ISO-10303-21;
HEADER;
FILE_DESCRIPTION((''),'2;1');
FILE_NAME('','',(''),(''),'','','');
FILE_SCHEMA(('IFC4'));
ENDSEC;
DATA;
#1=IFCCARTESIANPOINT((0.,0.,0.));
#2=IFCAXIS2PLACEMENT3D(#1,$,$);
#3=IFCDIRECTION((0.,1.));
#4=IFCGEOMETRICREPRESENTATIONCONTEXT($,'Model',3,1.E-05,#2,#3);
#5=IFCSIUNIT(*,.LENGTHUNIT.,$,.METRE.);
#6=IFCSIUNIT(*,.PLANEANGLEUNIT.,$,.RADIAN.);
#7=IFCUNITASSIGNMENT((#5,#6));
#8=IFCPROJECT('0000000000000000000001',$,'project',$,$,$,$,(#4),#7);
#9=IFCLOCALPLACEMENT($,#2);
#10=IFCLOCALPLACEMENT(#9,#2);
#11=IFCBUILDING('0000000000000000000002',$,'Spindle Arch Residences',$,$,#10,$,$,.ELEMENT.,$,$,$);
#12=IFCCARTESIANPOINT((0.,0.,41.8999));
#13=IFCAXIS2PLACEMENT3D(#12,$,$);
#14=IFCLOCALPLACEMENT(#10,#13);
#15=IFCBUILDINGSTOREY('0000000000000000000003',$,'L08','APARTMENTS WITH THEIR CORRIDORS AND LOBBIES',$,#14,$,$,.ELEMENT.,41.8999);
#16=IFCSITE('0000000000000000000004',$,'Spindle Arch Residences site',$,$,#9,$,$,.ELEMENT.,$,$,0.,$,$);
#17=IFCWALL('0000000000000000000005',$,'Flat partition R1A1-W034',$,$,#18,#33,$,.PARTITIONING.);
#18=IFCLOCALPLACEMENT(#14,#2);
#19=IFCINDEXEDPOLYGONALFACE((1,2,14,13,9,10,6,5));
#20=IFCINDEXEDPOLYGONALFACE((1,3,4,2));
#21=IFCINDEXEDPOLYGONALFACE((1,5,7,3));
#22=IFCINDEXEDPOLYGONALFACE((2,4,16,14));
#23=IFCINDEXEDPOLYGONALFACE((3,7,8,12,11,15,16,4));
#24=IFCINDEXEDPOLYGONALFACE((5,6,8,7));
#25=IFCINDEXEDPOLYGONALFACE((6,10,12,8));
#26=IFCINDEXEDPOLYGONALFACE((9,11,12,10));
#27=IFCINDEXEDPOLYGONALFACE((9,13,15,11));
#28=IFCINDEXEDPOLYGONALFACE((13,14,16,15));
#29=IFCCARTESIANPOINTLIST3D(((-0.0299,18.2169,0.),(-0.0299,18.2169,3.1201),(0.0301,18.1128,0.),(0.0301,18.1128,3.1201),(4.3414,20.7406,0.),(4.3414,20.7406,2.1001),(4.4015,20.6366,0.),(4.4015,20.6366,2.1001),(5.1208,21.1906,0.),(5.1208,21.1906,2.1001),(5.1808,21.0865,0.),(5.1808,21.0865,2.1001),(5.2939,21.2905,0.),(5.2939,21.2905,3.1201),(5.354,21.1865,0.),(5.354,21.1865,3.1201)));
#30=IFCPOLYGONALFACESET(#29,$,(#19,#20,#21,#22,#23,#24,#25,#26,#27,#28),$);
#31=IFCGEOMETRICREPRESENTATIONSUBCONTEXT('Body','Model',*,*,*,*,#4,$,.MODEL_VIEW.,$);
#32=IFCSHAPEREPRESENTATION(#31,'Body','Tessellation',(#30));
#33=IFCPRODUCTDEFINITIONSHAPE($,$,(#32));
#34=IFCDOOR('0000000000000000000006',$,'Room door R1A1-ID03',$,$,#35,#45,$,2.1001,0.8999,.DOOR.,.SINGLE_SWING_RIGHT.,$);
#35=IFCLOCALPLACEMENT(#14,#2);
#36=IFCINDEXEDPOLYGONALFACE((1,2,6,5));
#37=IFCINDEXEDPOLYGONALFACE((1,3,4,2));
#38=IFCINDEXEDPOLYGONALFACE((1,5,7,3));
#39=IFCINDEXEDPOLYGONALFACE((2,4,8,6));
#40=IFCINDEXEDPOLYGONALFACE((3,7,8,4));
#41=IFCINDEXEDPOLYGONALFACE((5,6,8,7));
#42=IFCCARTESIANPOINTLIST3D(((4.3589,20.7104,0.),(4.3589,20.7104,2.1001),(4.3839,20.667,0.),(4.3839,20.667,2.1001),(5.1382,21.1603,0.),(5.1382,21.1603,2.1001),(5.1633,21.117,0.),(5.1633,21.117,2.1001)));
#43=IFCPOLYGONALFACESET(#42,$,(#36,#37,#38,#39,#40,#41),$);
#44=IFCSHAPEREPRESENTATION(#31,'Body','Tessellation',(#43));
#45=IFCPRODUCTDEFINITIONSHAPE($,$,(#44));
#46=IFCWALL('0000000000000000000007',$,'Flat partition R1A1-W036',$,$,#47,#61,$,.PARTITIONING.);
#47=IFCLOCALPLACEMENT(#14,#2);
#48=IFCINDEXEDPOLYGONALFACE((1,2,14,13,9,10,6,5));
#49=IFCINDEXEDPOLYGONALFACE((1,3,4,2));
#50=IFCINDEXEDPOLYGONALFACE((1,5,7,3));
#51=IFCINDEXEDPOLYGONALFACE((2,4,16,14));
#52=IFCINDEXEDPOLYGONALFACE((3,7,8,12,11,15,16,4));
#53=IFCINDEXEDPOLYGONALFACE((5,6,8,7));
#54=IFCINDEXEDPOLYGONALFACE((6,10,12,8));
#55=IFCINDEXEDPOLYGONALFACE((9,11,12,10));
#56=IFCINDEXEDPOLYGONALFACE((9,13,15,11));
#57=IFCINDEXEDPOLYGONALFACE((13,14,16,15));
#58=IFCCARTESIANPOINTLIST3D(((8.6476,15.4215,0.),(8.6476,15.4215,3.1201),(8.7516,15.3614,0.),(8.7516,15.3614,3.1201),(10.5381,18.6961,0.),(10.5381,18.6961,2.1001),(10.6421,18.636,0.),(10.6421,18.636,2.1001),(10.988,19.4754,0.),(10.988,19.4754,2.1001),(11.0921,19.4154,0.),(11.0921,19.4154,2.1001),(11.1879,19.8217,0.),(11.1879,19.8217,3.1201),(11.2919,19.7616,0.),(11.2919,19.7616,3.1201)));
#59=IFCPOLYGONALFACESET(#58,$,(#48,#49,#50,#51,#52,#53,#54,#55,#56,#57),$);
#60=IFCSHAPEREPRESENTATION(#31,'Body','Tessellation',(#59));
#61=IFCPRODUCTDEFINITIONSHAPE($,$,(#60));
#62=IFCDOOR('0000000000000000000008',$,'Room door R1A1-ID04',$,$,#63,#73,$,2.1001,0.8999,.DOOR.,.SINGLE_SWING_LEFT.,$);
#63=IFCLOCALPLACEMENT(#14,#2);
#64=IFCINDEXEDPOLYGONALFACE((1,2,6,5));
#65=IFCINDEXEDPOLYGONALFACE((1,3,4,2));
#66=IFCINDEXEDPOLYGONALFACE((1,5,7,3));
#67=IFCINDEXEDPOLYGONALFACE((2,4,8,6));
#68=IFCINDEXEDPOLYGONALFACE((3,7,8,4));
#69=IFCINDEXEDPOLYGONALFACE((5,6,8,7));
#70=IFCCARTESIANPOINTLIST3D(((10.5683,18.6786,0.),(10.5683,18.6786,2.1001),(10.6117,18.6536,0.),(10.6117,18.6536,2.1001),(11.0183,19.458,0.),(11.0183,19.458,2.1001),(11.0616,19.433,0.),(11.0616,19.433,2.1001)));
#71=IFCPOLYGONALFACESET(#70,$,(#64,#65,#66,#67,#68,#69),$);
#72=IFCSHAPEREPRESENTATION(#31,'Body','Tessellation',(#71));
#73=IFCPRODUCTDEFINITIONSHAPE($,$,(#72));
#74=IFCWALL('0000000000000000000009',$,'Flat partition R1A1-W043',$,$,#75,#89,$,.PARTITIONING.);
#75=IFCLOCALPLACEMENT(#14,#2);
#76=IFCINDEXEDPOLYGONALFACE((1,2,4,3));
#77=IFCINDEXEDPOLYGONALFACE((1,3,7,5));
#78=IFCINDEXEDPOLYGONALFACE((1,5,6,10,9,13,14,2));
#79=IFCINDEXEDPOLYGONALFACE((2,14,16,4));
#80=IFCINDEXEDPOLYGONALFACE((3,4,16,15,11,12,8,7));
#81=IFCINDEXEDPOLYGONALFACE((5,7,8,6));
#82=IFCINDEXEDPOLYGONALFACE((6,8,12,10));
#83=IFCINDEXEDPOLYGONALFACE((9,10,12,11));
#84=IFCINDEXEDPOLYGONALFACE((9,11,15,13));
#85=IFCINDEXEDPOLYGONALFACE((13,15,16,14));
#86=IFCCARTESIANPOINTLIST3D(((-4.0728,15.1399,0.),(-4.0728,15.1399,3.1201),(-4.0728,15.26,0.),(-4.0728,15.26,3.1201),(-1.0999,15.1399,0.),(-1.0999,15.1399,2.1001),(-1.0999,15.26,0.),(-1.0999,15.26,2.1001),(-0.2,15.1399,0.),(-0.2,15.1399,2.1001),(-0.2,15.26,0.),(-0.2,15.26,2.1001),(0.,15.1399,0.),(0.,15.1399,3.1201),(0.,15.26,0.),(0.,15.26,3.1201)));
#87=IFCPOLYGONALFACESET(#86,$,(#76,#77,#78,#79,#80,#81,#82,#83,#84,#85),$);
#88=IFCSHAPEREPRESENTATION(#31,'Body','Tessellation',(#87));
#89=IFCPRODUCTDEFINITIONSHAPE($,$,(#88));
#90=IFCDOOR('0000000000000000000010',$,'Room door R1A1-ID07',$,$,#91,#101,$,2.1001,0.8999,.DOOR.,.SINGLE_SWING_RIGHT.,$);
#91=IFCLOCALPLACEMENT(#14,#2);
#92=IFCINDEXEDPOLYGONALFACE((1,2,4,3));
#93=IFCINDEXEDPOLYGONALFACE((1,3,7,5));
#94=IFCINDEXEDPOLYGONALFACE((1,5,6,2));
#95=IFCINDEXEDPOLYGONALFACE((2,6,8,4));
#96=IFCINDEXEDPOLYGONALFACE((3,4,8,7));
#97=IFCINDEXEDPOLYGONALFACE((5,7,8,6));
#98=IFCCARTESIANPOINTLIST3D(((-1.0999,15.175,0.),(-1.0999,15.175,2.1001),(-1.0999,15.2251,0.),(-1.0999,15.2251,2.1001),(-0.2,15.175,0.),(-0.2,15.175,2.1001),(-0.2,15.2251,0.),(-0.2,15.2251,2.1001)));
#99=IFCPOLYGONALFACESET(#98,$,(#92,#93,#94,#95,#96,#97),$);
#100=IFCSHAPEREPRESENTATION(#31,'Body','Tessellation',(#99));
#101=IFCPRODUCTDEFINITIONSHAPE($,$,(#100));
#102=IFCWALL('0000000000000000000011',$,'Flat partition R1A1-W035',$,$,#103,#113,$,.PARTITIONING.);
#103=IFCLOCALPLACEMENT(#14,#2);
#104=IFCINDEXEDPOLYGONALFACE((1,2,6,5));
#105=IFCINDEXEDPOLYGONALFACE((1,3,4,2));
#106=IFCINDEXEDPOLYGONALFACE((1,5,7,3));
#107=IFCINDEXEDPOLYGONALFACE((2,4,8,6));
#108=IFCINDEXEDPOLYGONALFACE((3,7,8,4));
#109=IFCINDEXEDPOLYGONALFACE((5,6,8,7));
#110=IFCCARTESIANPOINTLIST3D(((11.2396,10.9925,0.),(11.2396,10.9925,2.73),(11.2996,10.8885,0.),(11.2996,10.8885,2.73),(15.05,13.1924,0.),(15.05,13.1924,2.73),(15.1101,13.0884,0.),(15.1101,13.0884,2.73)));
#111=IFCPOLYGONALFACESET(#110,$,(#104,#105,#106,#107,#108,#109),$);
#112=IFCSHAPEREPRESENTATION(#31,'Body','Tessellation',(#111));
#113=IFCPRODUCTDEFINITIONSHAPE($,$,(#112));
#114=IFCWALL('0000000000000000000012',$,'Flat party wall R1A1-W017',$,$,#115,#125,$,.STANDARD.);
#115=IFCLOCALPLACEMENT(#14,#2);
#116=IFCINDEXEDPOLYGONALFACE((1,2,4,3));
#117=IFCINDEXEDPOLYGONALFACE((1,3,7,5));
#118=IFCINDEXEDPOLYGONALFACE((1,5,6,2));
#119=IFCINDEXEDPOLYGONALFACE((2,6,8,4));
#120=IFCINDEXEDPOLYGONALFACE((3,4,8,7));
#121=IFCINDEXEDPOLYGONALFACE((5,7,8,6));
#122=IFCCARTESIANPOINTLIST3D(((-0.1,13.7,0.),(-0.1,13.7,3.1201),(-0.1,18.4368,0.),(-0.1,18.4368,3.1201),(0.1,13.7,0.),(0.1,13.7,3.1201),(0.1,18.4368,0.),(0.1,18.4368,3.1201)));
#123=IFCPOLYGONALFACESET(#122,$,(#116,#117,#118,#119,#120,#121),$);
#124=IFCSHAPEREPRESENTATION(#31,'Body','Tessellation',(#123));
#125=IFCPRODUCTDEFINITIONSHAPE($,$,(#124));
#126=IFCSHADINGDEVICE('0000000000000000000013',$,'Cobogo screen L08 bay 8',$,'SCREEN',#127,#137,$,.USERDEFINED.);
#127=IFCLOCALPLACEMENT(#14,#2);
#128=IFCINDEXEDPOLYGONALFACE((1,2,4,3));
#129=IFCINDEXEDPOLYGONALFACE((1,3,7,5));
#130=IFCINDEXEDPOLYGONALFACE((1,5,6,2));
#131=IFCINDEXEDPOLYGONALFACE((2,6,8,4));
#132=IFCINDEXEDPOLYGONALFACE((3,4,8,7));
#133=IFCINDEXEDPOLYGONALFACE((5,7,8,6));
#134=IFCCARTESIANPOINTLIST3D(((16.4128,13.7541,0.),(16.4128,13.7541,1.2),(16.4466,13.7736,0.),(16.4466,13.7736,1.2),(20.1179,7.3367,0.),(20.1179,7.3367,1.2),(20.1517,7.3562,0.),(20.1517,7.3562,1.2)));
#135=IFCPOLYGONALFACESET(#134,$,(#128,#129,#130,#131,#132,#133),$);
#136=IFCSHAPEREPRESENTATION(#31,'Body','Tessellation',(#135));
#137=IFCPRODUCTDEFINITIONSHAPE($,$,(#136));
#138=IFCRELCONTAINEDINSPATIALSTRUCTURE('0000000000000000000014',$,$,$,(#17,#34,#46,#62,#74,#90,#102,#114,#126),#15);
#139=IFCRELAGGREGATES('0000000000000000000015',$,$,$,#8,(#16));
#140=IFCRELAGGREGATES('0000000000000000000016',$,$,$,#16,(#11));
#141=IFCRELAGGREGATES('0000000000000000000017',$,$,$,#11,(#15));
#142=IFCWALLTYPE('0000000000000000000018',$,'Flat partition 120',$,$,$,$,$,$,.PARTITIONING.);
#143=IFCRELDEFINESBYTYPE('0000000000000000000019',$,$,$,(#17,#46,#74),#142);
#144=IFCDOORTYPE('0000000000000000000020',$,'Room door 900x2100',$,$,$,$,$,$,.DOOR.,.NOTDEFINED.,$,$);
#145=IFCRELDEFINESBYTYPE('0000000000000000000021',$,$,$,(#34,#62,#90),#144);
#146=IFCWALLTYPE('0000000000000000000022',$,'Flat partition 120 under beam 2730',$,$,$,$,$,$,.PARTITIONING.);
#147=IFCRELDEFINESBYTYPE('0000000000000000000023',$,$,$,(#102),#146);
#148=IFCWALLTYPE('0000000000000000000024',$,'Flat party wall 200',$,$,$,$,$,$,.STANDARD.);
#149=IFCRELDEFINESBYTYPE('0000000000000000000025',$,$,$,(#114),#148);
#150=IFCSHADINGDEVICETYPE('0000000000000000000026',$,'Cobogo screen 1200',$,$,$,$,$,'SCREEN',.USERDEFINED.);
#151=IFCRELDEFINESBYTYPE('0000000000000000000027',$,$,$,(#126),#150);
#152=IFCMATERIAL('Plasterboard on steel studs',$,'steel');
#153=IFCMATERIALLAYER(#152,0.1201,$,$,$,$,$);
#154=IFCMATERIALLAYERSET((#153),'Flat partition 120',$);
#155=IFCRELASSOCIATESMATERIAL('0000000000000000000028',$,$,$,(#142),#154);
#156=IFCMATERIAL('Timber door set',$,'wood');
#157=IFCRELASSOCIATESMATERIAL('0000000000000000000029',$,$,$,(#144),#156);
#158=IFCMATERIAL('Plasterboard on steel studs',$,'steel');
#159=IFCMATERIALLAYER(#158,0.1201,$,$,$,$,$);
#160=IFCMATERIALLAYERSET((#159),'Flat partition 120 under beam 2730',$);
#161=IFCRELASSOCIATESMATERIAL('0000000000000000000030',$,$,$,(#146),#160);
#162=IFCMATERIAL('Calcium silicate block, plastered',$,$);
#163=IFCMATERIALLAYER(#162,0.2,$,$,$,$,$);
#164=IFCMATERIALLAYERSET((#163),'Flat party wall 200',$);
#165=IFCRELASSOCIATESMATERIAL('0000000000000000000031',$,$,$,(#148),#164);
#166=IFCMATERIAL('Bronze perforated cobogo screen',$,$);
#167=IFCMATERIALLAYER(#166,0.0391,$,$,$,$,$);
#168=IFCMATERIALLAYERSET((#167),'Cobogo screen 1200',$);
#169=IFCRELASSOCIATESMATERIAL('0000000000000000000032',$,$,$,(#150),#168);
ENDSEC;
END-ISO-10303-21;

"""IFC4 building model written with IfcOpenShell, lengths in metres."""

from ifc_helpers import new_model, si_unit, direction, frame, frame_2d, origin, origin_2d, place, context, subcontext, project, spatial, rectangle, extrude, material, layer, layer_set, type_object, element, fill, save


model = new_model("IFC4")

# Units and contexts
model_context = context("Model", 3, precision=1e-05, world=origin(), true_north=direction((0.0, 1.0)))
body_context = subcontext(model_context, "Body", "Model", "MODEL_VIEW")
ifc_project = project(units=[si_unit("LENGTHUNIT", "METRE"), si_unit("PLANEANGLEUNIT", "RADIAN")], contexts=[model_context])

# Site, building, storey
site_placement = place(None, origin())
site = spatial("IfcSite", under=ifc_project, at=site_placement, Name="Spindle Arch Residences site", CompositionType="ELEMENT", RefElevation=0.0)
building_placement = place(site_placement, origin())
building = spatial("IfcBuilding", under=site, at=building_placement, Name="Spindle Arch Residences", CompositionType="ELEMENT")
storey_placement = place(building_placement, frame((0.0, 0.0, 41.8999)))
storey = spatial("IfcBuildingStorey", under=building, at=storey_placement, Name="L08", Description="APARTMENTS WITH THEIR CORRIDORS AND LOBBIES", CompositionType="ELEMENT", Elevation=41.8999)

# Shared definitions
ifc_material_1 = material(Name="Plasterboard on steel studs", Category="steel")
ifc_layer_1 = layer(ifc_material_1, 0.1201)
ifc_layer_set_1 = layer_set([ifc_layer_1], Name="Flat partition 120")
wall_type_1 = type_object("IfcWallType", Name="Flat partition 120", PredefinedType="PARTITIONING", material=ifc_layer_set_1)
ifc_material_2 = material(Name="Timber door set", Category="wood")
door_type_1 = type_object("IfcDoorType", Name="Room door 900x2100", OperationType="NOTDEFINED", PredefinedType="DOOR", material=ifc_material_2)

# Walls, openings, doors
wall_1_placement = place(storey_placement, frame((5.324, 21.2385, 0.0), z_axis=(0.0, 0.0, 1.0), x_axis=(-0.86603, -0.499992, 0.0)))
wall_1 = element("IfcWall", 1, at=wall_1_placement, inside=storey, type_object=wall_type_1, Name="Flat partition R1A1-W034", PredefinedType="PARTITIONING", context=body_context, shape_type="SweptSolid", body=[
    extrude(rectangle(XDim=6.1475, YDim=0.1201, at=frame_2d((3.0737, 0.0))), origin(), (0.0, 0.0, 1.0), 3.1201),
])
opening_1_placement = place(wall_1_placement, frame((0.2, 0.0, 0.0)))
opening_1 = element("IfcOpeningElement", 2, at=opening_1_placement, cuts=wall_1, PredefinedType="OPENING", context=body_context, shape_type="SweptSolid", body=[
    extrude(rectangle(XDim=0.8999, YDim=2.1001, at=frame_2d((0.45, 1.05))), frame((0.0, 0.0701, 0.0), z_axis=(0.0, -1.0, 0.0), x_axis=(1.0, 0.0, 0.0)), (0.0, 0.0, 1.0), 0.1401),
])
door_1_placement = place(opening_1_placement, origin())
door_1 = element("IfcDoor", 3, at=door_1_placement, inside=storey, type_object=door_type_1, Name="Room door R1A1-ID03", OperationType="SINGLE_SWING_RIGHT", OverallHeight=2.1001, OverallWidth=0.8999, PredefinedType="DOOR", context=body_context, shape_type="SweptSolid", body=[
    extrude(rectangle(XDim=0.8999, YDim=2.1001, at=frame_2d((0.45, 1.05))), frame((0.0, 0.0249, 0.0), z_axis=(0.0, -1.0, 0.0), x_axis=(1.0, 0.0, 0.0)), (0.0, 0.0, 1.0), 0.05),
])
fill(opening_1, door_1)
wall_2_placement = place(storey_placement, frame((11.24, 19.7917, 0.0), z_axis=(0.0, 0.0, 1.0), x_axis=(-0.499979, -0.866038, 0.0)))
wall_2 = element("IfcWall", 4, at=wall_2_placement, inside=storey, type_object=wall_type_1, Name="Flat partition R1A1-W036", PredefinedType="PARTITIONING", context=body_context, shape_type="SweptSolid", body=[
    extrude(rectangle(XDim=5.0808, YDim=0.1201, at=frame_2d((2.5405, 0.0))), origin(), (0.0, 0.0, 1.0), 3.1201),
])
opening_2_placement = place(wall_2_placement, frame((0.3999, 0.0, 0.0)))
opening_2 = element("IfcOpeningElement", 5, at=opening_2_placement, cuts=wall_2, PredefinedType="OPENING", context=body_context, shape_type="SweptSolid", body=[
    extrude(rectangle(XDim=0.8999, YDim=2.1001, at=frame_2d((0.45, 1.05))), frame((0.0, 0.0701, 0.0), z_axis=(0.0, -1.0, 0.0), x_axis=(1.0, 0.0, 0.0)), (0.0, 0.0, 1.0), 0.1401),
])
door_2_placement = place(opening_2_placement, origin())
door_2 = element("IfcDoor", 6, at=door_2_placement, inside=storey, type_object=door_type_1, Name="Room door R1A1-ID04", OperationType="SINGLE_SWING_LEFT", OverallHeight=2.1001, OverallWidth=0.8999, PredefinedType="DOOR", context=body_context, shape_type="SweptSolid", body=[
    extrude(rectangle(XDim=0.8999, YDim=2.1001, at=frame_2d((0.45, 1.05))), frame((0.0, 0.0249, 0.0), z_axis=(0.0, -1.0, 0.0), x_axis=(1.0, 0.0, 0.0)), (0.0, 0.0, 1.0), 0.05),
])
fill(opening_2, door_2)
wall_3_placement = place(storey_placement, frame((0.0, 15.2, 0.0), z_axis=(0.0, 0.0, 1.0), x_axis=(-1.0, 0.0, 0.0)))
wall_3 = element("IfcWall", 7, at=wall_3_placement, inside=storey, type_object=wall_type_1, Name="Flat partition R1A1-W043", PredefinedType="PARTITIONING", context=body_context, shape_type="SweptSolid", body=[
    extrude(rectangle(XDim=4.0728, YDim=0.1201, at=frame_2d((2.0364, 0.0))), origin(), (0.0, 0.0, 1.0), 3.1201),
])
opening_3_placement = place(wall_3_placement, frame((0.2, 0.0, 0.0)))
opening_3 = element("IfcOpeningElement", 8, at=opening_3_placement, cuts=wall_3, PredefinedType="OPENING", context=body_context, shape_type="SweptSolid", body=[
    extrude(rectangle(XDim=0.8999, YDim=2.1001, at=frame_2d((0.45, 1.05))), frame((0.0, 0.0701, 0.0), z_axis=(0.0, -1.0, 0.0), x_axis=(1.0, 0.0, 0.0)), (0.0, 0.0, 1.0), 0.1401),
])
door_3_placement = place(opening_3_placement, origin())
door_3 = element("IfcDoor", 9, at=door_3_placement, inside=storey, type_object=door_type_1, Name="Room door R1A1-ID07", OperationType="SINGLE_SWING_RIGHT", OverallHeight=2.1001, OverallWidth=0.8999, PredefinedType="DOOR", context=body_context, shape_type="SweptSolid", body=[
    extrude(rectangle(XDim=0.8999, YDim=2.1001, at=frame_2d((0.45, 1.05))), frame((0.0, 0.0249, 0.0), z_axis=(0.0, -1.0, 0.0), x_axis=(1.0, 0.0, 0.0)), (0.0, 0.0, 1.0), 0.05),
])
fill(opening_3, door_3)

# Walls
ifc_material_3 = material(Name="Plasterboard on steel studs", Category="steel")
ifc_layer_2 = layer(ifc_material_3, 0.1201)
ifc_layer_set_2 = layer_set([ifc_layer_2], Name="Flat partition 120 under beam 2730")
wall_type_2 = type_object("IfcWallType", Name="Flat partition 120 under beam 2730", PredefinedType="PARTITIONING", material=ifc_layer_set_2)
wall_4_placement = place(storey_placement, frame((15.0801, 13.1404, 0.0), z_axis=(0.0, 0.0, 1.0), x_axis=(-0.866032, -0.499988, 0.0)))
element("IfcWall", 10, at=wall_4_placement, inside=storey, type_object=wall_type_2, Name="Flat partition R1A1-W035", PredefinedType="PARTITIONING", context=body_context, shape_type="SweptSolid", body=[
    extrude(rectangle(XDim=4.3999, YDim=0.1201, at=frame_2d((2.2, 0.0))), origin(), (0.0, 0.0, 1.0), 2.73),
])
ifc_material_4 = material(Name="Calcium silicate block, plastered")
ifc_layer_3 = layer(ifc_material_4, 0.2)
ifc_layer_set_3 = layer_set([ifc_layer_3], Name="Flat party wall 200")
wall_type_3 = type_object("IfcWallType", Name="Flat party wall 200", PredefinedType="STANDARD", material=ifc_layer_set_3)
wall_5_placement = place(storey_placement, frame((0.0, 18.4368, 0.0), z_axis=(0.0, 0.0, 1.0), x_axis=(0.0, -1.0, 0.0)))
element("IfcWall", 11, at=wall_5_placement, inside=storey, type_object=wall_type_3, Name="Flat party wall R1A1-W017", PredefinedType="STANDARD", context=body_context, shape_type="SweptSolid", body=[
    extrude(rectangle(XDim=4.7368, YDim=0.2, at=frame_2d((2.3684, 0.0))), origin(), (0.0, 0.0, 1.0), 3.1201),
])

# Shading device
ifc_material_5 = material(Name="Bronze perforated cobogo screen")
ifc_layer_4 = layer(ifc_material_5, 0.0391)
ifc_layer_set_4 = layer_set([ifc_layer_4], Name="Cobogo screen 1200")
shading_device_type = type_object("IfcShadingDeviceType", Name="Cobogo screen 1200", ElementType="SCREEN", PredefinedType="USERDEFINED", material=ifc_layer_set_4)
shading_device_placement = place(storey_placement, frame((18.2822, 10.5552, 0.0), z_axis=(0.0, 0.0, 1.0), x_axis=(-0.5, 0.866025, 0.0)))
element("IfcShadingDevice", 12, at=shading_device_placement, inside=storey, type_object=shading_device_type, Name="Cobogo screen L08 bay 8", ObjectType="SCREEN", PredefinedType="USERDEFINED", context=body_context, shape_type="SweptSolid", body=[
    extrude(rectangle(XDim=7.4102, YDim=0.0391, at=origin_2d()), origin(), (0.0, 0.0, 1.0), 1.2),
])

save(model, "model.ifc")
